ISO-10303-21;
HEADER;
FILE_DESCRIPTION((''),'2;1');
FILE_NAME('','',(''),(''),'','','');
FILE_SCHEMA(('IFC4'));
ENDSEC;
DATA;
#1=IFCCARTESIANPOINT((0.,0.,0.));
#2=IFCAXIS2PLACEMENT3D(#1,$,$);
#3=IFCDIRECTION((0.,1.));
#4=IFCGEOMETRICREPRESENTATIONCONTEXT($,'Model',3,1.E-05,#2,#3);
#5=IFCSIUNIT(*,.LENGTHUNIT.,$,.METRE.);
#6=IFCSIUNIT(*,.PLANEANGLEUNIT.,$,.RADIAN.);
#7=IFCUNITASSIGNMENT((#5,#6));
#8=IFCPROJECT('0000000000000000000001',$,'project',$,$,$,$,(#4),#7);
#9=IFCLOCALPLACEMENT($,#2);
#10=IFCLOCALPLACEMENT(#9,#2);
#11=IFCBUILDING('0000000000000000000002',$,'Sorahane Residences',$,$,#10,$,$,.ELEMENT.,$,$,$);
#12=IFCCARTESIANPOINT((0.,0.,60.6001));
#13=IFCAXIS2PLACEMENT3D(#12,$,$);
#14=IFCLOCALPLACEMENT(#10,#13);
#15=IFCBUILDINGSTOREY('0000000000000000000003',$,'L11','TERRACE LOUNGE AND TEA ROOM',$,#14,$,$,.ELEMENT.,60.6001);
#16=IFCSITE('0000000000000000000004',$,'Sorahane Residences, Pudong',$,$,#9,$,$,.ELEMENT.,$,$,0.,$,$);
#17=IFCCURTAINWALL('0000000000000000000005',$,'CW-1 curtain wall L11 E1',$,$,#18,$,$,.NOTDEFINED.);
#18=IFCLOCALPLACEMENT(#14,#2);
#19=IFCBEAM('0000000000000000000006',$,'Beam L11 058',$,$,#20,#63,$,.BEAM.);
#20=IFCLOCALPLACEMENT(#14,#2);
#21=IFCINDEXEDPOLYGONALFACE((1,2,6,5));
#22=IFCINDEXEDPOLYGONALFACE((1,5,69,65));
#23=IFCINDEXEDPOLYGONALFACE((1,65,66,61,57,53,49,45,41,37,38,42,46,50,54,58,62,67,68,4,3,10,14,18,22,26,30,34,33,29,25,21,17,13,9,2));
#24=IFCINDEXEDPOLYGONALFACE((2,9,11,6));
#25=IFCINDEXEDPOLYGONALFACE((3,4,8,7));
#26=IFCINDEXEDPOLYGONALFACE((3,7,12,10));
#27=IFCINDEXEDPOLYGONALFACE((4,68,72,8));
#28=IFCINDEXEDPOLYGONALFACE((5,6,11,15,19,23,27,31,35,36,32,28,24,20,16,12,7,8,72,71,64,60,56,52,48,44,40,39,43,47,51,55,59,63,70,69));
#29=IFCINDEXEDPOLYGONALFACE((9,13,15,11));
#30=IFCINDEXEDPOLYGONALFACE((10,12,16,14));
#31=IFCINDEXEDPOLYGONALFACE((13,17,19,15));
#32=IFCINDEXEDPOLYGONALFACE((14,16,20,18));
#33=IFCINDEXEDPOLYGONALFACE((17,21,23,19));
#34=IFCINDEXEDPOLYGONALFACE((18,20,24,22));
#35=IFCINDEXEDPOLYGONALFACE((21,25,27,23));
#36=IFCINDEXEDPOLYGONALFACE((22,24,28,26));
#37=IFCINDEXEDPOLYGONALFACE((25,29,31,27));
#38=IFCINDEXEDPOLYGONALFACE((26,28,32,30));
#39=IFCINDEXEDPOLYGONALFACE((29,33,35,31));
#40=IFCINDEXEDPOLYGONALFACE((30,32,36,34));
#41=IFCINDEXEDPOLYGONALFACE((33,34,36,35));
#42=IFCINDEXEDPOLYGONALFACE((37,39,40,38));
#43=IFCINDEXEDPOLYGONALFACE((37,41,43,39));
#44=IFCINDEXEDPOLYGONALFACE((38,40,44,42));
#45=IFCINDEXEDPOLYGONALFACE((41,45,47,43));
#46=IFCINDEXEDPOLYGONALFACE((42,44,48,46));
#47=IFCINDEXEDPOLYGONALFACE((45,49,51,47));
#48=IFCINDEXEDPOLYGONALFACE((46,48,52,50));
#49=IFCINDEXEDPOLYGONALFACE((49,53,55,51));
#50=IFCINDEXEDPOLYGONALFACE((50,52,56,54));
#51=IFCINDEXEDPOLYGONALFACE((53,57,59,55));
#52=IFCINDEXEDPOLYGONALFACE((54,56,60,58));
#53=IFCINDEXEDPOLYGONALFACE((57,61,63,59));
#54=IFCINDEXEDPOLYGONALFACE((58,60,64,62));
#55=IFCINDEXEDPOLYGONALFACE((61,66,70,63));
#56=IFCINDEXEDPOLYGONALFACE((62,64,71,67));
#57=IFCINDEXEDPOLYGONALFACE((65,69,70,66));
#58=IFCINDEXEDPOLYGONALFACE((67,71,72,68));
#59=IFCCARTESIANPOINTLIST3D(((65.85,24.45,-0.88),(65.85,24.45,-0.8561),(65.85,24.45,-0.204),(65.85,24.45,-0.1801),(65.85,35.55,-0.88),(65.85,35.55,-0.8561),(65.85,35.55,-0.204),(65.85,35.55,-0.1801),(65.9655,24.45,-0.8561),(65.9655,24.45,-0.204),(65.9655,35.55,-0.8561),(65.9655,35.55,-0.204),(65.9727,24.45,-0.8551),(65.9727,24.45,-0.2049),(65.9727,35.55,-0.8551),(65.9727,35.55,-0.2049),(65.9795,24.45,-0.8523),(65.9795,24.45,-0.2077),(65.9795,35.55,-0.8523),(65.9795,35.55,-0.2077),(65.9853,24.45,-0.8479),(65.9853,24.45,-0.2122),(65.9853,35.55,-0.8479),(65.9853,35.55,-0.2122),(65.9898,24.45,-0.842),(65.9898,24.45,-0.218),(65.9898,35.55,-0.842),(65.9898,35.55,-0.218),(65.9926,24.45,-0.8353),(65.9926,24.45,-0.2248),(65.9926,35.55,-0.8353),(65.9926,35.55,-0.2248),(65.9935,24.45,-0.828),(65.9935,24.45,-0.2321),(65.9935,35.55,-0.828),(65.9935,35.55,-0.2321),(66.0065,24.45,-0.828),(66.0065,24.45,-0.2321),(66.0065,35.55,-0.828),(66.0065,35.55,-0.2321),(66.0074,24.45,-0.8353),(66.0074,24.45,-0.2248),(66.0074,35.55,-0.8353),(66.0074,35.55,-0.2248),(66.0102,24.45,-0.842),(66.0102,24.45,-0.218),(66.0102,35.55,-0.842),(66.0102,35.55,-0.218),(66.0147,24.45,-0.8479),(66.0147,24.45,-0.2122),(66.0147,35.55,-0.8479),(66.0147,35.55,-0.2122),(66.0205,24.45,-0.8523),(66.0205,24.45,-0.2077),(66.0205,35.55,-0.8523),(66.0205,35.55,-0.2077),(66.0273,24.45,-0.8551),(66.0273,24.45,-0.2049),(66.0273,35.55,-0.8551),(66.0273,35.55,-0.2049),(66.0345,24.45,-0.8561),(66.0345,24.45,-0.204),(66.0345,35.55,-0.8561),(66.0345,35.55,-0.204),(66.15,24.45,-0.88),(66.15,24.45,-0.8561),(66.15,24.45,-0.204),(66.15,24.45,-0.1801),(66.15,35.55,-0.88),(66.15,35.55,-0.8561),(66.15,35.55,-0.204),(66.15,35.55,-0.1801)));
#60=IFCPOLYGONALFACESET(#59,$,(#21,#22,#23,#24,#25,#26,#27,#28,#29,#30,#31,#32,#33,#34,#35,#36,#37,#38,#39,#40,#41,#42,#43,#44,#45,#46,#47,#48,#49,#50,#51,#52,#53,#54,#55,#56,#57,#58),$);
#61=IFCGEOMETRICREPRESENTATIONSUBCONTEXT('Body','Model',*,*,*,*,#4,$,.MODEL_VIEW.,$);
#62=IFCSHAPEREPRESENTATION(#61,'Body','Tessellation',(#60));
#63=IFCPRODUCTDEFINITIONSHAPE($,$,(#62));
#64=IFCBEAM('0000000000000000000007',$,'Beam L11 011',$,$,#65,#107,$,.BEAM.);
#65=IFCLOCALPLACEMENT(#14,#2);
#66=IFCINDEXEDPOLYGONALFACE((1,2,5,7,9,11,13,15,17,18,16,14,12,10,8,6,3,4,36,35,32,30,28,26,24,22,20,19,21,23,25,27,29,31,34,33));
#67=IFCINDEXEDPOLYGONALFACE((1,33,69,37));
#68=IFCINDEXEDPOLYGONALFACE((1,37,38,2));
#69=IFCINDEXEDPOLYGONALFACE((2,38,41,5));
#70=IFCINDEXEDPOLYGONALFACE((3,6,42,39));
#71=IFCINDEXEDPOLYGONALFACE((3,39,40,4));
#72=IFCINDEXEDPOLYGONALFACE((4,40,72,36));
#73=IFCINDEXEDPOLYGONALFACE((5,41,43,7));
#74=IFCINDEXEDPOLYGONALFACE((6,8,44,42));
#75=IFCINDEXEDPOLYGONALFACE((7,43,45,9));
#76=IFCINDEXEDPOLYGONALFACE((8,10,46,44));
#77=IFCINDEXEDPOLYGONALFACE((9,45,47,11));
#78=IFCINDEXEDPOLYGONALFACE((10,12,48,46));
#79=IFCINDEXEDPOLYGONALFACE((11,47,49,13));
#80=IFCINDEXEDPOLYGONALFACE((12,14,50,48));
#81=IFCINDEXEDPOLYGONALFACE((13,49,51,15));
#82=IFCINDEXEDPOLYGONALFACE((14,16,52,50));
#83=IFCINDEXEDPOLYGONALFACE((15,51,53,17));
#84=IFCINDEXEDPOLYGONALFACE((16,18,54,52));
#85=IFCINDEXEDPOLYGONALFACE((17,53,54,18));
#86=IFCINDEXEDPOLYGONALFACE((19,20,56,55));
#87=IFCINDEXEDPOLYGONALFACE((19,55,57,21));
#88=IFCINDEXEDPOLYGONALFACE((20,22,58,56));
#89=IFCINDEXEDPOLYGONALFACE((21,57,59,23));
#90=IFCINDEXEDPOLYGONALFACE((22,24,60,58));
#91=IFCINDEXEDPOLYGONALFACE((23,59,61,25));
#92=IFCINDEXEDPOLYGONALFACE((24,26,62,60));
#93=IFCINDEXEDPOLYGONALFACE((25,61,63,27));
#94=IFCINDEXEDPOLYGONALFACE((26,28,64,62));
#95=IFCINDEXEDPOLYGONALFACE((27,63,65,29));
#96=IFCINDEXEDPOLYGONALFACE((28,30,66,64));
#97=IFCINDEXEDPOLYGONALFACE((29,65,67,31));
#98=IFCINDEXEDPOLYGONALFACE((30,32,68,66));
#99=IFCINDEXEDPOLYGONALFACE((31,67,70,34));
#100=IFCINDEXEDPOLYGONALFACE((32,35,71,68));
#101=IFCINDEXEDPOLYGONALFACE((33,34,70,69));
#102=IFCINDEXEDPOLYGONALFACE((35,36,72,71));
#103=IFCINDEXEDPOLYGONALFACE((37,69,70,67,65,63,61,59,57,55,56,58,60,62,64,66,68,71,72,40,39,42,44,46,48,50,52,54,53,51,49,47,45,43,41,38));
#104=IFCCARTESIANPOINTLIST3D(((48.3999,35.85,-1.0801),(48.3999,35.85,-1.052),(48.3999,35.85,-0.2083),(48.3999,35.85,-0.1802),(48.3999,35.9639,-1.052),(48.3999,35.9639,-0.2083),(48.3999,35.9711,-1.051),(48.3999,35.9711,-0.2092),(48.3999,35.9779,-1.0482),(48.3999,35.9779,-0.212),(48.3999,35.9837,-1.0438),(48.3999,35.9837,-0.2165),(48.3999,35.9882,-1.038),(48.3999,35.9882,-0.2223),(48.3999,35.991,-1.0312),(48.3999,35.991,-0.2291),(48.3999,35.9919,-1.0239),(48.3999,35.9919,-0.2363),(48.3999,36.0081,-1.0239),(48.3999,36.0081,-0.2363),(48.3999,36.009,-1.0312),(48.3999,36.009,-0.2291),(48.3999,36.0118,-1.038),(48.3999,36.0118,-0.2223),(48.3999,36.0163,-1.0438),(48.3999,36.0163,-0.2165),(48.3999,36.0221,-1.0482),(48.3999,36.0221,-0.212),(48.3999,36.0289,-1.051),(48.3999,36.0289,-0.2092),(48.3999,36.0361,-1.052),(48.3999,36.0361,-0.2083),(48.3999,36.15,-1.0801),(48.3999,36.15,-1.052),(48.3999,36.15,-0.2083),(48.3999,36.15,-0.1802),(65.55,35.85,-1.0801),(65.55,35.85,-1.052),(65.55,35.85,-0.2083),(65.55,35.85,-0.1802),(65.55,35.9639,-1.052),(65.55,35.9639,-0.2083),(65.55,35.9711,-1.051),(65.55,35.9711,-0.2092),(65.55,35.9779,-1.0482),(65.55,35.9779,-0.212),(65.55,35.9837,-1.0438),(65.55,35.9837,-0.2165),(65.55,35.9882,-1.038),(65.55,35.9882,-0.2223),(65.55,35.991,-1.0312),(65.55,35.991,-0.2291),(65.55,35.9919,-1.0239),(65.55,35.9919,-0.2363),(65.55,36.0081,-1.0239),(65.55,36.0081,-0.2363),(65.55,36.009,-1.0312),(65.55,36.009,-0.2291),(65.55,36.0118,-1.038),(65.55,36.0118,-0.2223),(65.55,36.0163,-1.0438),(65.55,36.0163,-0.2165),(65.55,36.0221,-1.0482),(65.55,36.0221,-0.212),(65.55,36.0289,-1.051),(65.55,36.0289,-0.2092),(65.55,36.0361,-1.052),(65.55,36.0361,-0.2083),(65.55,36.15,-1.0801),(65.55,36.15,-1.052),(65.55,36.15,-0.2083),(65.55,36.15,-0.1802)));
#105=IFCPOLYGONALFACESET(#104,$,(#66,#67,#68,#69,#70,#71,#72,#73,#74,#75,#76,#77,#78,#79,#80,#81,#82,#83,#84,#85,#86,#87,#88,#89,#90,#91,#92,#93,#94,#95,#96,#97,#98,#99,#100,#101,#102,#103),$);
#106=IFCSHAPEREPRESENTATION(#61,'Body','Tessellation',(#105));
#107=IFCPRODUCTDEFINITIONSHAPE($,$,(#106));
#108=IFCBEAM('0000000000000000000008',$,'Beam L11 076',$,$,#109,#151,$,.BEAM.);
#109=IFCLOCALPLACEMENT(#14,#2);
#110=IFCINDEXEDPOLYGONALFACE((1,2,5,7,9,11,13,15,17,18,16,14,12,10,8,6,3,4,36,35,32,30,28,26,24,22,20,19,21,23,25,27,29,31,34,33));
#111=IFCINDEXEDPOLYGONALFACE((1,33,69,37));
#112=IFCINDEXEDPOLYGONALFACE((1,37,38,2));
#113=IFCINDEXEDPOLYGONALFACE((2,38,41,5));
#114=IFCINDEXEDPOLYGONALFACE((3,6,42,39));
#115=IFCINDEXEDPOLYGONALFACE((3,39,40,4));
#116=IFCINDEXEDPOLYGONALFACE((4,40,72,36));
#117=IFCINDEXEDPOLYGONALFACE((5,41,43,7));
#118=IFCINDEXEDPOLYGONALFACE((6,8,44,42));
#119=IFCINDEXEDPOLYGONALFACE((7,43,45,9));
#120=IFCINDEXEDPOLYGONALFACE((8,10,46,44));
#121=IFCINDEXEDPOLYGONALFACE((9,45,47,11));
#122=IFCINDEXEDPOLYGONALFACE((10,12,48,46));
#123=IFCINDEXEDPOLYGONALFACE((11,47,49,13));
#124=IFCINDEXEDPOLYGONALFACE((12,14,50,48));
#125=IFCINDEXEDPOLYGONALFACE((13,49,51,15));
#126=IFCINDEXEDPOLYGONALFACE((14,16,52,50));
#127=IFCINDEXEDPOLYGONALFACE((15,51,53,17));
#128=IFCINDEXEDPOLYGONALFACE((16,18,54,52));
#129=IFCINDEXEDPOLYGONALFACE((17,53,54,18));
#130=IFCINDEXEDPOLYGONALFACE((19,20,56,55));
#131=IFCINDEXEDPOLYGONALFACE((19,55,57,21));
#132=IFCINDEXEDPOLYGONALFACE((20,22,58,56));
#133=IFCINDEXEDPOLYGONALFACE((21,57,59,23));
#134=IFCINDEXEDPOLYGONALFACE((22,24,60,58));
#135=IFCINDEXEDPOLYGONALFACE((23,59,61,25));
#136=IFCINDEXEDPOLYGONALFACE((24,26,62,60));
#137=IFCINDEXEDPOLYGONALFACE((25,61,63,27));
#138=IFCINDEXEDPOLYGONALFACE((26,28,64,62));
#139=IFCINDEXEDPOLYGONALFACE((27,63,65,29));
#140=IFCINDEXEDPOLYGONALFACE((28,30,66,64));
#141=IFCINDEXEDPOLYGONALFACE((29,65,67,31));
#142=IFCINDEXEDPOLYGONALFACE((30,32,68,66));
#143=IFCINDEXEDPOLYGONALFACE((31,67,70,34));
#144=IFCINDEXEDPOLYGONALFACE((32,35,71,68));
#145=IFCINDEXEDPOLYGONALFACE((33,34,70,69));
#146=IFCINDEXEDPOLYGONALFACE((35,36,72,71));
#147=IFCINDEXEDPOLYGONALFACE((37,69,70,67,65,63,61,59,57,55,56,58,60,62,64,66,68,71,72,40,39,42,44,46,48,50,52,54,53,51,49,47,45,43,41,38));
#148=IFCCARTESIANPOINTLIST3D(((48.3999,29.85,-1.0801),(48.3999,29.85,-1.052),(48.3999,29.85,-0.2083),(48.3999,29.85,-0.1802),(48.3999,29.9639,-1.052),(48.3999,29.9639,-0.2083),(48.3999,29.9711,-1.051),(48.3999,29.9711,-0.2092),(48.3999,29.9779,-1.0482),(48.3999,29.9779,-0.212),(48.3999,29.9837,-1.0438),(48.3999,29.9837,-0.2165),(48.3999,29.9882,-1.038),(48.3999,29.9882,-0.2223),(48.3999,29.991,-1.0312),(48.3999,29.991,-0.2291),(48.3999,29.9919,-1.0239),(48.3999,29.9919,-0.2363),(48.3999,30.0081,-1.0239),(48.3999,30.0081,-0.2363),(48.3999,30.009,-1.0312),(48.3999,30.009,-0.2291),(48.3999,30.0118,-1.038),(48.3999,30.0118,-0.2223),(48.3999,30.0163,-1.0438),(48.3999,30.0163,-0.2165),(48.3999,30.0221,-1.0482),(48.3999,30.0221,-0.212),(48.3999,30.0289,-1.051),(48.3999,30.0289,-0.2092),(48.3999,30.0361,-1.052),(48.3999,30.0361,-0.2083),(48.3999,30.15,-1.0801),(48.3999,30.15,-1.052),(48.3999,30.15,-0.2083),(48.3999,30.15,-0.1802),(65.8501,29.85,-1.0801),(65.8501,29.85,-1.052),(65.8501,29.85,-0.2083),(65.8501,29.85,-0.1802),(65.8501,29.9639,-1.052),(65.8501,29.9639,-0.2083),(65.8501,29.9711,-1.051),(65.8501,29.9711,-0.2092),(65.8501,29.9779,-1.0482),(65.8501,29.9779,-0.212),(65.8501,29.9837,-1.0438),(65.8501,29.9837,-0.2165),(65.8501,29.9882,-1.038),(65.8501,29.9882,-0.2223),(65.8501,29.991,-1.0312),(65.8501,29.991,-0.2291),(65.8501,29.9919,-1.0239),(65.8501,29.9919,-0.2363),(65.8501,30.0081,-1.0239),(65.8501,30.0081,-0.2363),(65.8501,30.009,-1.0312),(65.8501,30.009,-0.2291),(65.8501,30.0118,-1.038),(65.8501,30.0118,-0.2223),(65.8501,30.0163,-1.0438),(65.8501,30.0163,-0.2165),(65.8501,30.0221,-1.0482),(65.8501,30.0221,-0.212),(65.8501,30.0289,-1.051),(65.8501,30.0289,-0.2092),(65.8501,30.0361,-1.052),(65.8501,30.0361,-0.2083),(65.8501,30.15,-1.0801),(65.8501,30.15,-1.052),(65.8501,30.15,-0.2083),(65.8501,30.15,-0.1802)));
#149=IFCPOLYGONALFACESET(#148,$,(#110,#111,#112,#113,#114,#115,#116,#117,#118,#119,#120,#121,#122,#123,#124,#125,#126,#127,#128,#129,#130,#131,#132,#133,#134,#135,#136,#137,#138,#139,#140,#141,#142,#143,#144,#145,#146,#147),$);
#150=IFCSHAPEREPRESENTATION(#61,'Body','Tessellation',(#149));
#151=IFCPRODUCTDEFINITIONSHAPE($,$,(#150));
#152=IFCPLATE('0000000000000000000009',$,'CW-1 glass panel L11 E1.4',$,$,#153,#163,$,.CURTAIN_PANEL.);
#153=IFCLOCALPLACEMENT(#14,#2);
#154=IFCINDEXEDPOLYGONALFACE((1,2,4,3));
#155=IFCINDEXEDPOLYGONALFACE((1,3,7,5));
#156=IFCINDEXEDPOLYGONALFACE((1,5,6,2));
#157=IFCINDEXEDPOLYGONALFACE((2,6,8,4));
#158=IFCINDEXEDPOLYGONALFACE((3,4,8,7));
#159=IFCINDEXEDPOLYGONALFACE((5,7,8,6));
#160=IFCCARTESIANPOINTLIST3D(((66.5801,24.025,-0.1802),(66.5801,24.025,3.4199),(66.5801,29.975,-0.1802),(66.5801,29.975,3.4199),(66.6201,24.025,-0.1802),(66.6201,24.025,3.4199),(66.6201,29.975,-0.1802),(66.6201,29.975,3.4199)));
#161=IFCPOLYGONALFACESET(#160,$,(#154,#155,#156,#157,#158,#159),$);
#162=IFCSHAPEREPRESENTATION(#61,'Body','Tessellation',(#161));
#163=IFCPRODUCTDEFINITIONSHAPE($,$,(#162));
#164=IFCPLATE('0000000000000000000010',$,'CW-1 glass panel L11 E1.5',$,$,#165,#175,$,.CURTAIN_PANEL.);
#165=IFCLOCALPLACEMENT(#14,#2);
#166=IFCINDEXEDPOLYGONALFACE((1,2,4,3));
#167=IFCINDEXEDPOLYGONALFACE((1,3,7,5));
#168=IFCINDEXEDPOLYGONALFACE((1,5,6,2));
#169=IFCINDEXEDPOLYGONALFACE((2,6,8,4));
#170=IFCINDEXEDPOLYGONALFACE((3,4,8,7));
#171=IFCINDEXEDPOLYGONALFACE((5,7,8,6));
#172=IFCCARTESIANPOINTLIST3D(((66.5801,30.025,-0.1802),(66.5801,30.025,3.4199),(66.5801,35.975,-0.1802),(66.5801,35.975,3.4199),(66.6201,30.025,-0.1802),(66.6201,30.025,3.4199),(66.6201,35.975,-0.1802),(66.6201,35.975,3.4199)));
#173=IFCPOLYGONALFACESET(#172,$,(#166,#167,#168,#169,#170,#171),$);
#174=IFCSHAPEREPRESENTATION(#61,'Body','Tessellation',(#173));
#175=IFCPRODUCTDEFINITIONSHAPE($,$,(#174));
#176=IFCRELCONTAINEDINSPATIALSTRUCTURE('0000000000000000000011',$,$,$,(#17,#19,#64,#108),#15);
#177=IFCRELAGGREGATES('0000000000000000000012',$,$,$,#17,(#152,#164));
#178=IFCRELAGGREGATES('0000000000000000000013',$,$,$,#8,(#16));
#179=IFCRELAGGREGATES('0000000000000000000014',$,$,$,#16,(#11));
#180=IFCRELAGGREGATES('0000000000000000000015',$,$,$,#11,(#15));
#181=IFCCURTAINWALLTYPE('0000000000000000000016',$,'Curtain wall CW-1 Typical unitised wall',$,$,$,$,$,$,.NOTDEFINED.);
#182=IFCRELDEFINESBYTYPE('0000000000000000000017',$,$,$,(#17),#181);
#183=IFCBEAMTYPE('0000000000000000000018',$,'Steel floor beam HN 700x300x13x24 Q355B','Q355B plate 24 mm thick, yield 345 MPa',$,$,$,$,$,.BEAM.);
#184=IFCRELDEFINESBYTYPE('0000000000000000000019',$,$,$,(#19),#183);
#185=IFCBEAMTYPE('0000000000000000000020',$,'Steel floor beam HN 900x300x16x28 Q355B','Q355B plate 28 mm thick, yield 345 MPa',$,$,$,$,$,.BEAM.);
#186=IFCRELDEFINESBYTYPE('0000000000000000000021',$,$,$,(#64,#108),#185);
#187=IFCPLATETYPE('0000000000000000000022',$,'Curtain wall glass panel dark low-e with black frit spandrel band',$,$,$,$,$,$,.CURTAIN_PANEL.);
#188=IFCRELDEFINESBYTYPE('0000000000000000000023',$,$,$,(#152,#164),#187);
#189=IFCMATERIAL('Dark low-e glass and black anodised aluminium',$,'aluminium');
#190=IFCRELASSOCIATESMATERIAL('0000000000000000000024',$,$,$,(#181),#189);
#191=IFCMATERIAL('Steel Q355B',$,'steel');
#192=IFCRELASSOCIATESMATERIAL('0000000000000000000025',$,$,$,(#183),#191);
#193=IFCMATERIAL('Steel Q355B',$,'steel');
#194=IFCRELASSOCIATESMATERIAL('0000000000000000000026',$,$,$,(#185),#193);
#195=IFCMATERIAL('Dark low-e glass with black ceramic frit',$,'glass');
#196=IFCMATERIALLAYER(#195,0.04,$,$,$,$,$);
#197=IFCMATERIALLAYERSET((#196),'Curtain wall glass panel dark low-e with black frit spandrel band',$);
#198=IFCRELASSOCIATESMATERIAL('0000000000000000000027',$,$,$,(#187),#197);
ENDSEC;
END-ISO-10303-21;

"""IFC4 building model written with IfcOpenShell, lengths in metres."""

from ifc_helpers import new_model, si_unit, direction, frame, origin, origin_2d, place, context, subcontext, project, spatial, rectangle, i_section, extrude, material, layer, layer_set, material_profile, profile_set, type_object, element, aggregate, save


model = new_model("IFC4")

# Units and contexts
model_context = context("Model", 3, precision=1e-05, world=origin(), true_north=direction((0.0, 1.0)))
body_context = subcontext(model_context, "Body", "Model", "MODEL_VIEW")
ifc_project = project(units=[si_unit("LENGTHUNIT", "METRE"), si_unit("PLANEANGLEUNIT", "RADIAN")], contexts=[model_context])

# Site, building, storey
site_placement = place(None, origin())
site = spatial("IfcSite", under=ifc_project, at=site_placement, Name="Sorahane Residences, Pudong", CompositionType="ELEMENT", RefElevation=0.0)
building_placement = place(site_placement, origin())
building = spatial("IfcBuilding", under=site, at=building_placement, Name="Sorahane Residences", CompositionType="ELEMENT")
storey_placement = place(building_placement, frame((0.0, 0.0, 60.6001)))
storey = spatial("IfcBuildingStorey", under=building, at=storey_placement, Name="L11", Description="TERRACE LOUNGE AND TEA ROOM", CompositionType="ELEMENT", Elevation=60.6001)

# Curtain wall
ifc_material_1 = material(Name="Dark low-e glass and black anodised aluminium", Category="aluminium")
curtain_wall_type = type_object("IfcCurtainWallType", Name="Curtain wall CW-1 Typical unitised wall", PredefinedType="NOTDEFINED", material=ifc_material_1)
curtain_wall_placement = place(storey_placement, origin())
curtain_wall = element("IfcCurtainWall", 1, at=curtain_wall_placement, inside=storey, type_object=curtain_wall_type, Name="CW-1 curtain wall L11 E1", PredefinedType="NOTDEFINED")

# Beams
ifc_material_2 = material(Name="Steel Q355B", Category="steel")
ifc_material_profile_1 = material_profile(ifc_material_2, i_section(OverallWidth=0.3, OverallDepth=0.7, WebThickness=0.0129, FlangeThickness=0.0239, FilletRadius=0.0281, at=origin_2d()), Name="HN 700x300x13x24")
ifc_profile_set_1 = profile_set([ifc_material_profile_1], Name="Steel Q355B")
beam_type_1 = type_object("IfcBeamType", Name="Steel floor beam HN 700x300x13x24 Q355B", Description="Q355B plate 24 mm thick, yield 345 MPa", PredefinedType="BEAM", material=ifc_profile_set_1)
beam_1_placement = place(storey_placement, frame((66.0, 24.45, -0.53), z_axis=(0.0, 1.0, 0.0), x_axis=(-1.0, 0.0, 0.0)))
element("IfcBeam", 2, at=beam_1_placement, inside=storey, type_object=beam_type_1, Name="Beam L11 058", PredefinedType="BEAM", context=body_context, shape_type="SweptSolid", body=[
    extrude(i_section(OverallWidth=0.3, OverallDepth=0.7, WebThickness=0.0129, FlangeThickness=0.0239, FilletRadius=0.0281, at=origin_2d()), origin(), (0.0, 0.0, 1.0), 11.1001),
])
ifc_material_3 = material(Name="Steel Q355B", Category="steel")
ifc_material_profile_2 = material_profile(ifc_material_3, i_section(OverallWidth=0.3, OverallDepth=0.8999, WebThickness=0.0161, FlangeThickness=0.0281, FilletRadius=0.0281, at=origin_2d()), Name="HN 900x300x16x28")
ifc_profile_set_2 = profile_set([ifc_material_profile_2], Name="Steel Q355B")
beam_type_2 = type_object("IfcBeamType", Name="Steel floor beam HN 900x300x16x28 Q355B", Description="Q355B plate 28 mm thick, yield 345 MPa", PredefinedType="BEAM", material=ifc_profile_set_2)
beam_2_placement = place(storey_placement, frame((48.3999, 36.0, -0.6301), z_axis=(1.0, 0.0, 0.0), x_axis=(0.0, 1.0, 0.0)))
element("IfcBeam", 3, at=beam_2_placement, inside=storey, type_object=beam_type_2, Name="Beam L11 011", PredefinedType="BEAM", context=body_context, shape_type="SweptSolid", body=[
    extrude(i_section(OverallWidth=0.3, OverallDepth=0.8999, WebThickness=0.0161, FlangeThickness=0.0281, FilletRadius=0.0281, at=origin_2d()), origin(), (0.0, 0.0, 1.0), 17.1501),
])
beam_3_placement = place(storey_placement, frame((48.3999, 30.0, -0.6301), z_axis=(1.0, 0.0, 0.0), x_axis=(0.0, 1.0, 0.0)))
element("IfcBeam", 4, at=beam_3_placement, inside=storey, type_object=beam_type_2, Name="Beam L11 076", PredefinedType="BEAM", context=body_context, shape_type="SweptSolid", body=[
    extrude(i_section(OverallWidth=0.3, OverallDepth=0.8999, WebThickness=0.0161, FlangeThickness=0.0281, FilletRadius=0.0281, at=origin_2d()), origin(), (0.0, 0.0, 1.0), 17.4502),
])

# Plates
ifc_material_4 = material(Name="Dark low-e glass with black ceramic frit", Category="glass")
ifc_layer_1 = layer(ifc_material_4, 0.04)
ifc_layer_set_1 = layer_set([ifc_layer_1], Name="Curtain wall glass panel dark low-e with black frit spandrel band")
plate_type = type_object("IfcPlateType", Name="Curtain wall glass panel dark low-e with black frit spandrel band", PredefinedType="CURTAIN_PANEL", material=ifc_layer_set_1)
plate_1_placement = place(storey_placement, frame((66.6001, 27.0, -0.1802), z_axis=(0.0, 0.0, 1.0), x_axis=(0.0, 1.0, 0.0)))
plate_1 = element("IfcPlate", 5, at=plate_1_placement, type_object=plate_type, Name="CW-1 glass panel L11 E1.4", PredefinedType="CURTAIN_PANEL", context=body_context, shape_type="SweptSolid", body=[
    extrude(rectangle(XDim=5.95, YDim=0.04, at=origin_2d()), origin(), (0.0, 0.0, 1.0), 3.6001),
])
plate_2_placement = place(storey_placement, frame((66.6001, 33.0, -0.1802), z_axis=(0.0, 0.0, 1.0), x_axis=(0.0, 1.0, 0.0)))
plate_2 = element("IfcPlate", 6, at=plate_2_placement, type_object=plate_type, Name="CW-1 glass panel L11 E1.5", PredefinedType="CURTAIN_PANEL", context=body_context, shape_type="SweptSolid", body=[
    extrude(rectangle(XDim=5.95, YDim=0.04, at=origin_2d()), origin(), (0.0, 0.0, 1.0), 3.6001),
])
aggregate(curtain_wall, [plate_1, plate_2])

save(model, "model.ifc")
